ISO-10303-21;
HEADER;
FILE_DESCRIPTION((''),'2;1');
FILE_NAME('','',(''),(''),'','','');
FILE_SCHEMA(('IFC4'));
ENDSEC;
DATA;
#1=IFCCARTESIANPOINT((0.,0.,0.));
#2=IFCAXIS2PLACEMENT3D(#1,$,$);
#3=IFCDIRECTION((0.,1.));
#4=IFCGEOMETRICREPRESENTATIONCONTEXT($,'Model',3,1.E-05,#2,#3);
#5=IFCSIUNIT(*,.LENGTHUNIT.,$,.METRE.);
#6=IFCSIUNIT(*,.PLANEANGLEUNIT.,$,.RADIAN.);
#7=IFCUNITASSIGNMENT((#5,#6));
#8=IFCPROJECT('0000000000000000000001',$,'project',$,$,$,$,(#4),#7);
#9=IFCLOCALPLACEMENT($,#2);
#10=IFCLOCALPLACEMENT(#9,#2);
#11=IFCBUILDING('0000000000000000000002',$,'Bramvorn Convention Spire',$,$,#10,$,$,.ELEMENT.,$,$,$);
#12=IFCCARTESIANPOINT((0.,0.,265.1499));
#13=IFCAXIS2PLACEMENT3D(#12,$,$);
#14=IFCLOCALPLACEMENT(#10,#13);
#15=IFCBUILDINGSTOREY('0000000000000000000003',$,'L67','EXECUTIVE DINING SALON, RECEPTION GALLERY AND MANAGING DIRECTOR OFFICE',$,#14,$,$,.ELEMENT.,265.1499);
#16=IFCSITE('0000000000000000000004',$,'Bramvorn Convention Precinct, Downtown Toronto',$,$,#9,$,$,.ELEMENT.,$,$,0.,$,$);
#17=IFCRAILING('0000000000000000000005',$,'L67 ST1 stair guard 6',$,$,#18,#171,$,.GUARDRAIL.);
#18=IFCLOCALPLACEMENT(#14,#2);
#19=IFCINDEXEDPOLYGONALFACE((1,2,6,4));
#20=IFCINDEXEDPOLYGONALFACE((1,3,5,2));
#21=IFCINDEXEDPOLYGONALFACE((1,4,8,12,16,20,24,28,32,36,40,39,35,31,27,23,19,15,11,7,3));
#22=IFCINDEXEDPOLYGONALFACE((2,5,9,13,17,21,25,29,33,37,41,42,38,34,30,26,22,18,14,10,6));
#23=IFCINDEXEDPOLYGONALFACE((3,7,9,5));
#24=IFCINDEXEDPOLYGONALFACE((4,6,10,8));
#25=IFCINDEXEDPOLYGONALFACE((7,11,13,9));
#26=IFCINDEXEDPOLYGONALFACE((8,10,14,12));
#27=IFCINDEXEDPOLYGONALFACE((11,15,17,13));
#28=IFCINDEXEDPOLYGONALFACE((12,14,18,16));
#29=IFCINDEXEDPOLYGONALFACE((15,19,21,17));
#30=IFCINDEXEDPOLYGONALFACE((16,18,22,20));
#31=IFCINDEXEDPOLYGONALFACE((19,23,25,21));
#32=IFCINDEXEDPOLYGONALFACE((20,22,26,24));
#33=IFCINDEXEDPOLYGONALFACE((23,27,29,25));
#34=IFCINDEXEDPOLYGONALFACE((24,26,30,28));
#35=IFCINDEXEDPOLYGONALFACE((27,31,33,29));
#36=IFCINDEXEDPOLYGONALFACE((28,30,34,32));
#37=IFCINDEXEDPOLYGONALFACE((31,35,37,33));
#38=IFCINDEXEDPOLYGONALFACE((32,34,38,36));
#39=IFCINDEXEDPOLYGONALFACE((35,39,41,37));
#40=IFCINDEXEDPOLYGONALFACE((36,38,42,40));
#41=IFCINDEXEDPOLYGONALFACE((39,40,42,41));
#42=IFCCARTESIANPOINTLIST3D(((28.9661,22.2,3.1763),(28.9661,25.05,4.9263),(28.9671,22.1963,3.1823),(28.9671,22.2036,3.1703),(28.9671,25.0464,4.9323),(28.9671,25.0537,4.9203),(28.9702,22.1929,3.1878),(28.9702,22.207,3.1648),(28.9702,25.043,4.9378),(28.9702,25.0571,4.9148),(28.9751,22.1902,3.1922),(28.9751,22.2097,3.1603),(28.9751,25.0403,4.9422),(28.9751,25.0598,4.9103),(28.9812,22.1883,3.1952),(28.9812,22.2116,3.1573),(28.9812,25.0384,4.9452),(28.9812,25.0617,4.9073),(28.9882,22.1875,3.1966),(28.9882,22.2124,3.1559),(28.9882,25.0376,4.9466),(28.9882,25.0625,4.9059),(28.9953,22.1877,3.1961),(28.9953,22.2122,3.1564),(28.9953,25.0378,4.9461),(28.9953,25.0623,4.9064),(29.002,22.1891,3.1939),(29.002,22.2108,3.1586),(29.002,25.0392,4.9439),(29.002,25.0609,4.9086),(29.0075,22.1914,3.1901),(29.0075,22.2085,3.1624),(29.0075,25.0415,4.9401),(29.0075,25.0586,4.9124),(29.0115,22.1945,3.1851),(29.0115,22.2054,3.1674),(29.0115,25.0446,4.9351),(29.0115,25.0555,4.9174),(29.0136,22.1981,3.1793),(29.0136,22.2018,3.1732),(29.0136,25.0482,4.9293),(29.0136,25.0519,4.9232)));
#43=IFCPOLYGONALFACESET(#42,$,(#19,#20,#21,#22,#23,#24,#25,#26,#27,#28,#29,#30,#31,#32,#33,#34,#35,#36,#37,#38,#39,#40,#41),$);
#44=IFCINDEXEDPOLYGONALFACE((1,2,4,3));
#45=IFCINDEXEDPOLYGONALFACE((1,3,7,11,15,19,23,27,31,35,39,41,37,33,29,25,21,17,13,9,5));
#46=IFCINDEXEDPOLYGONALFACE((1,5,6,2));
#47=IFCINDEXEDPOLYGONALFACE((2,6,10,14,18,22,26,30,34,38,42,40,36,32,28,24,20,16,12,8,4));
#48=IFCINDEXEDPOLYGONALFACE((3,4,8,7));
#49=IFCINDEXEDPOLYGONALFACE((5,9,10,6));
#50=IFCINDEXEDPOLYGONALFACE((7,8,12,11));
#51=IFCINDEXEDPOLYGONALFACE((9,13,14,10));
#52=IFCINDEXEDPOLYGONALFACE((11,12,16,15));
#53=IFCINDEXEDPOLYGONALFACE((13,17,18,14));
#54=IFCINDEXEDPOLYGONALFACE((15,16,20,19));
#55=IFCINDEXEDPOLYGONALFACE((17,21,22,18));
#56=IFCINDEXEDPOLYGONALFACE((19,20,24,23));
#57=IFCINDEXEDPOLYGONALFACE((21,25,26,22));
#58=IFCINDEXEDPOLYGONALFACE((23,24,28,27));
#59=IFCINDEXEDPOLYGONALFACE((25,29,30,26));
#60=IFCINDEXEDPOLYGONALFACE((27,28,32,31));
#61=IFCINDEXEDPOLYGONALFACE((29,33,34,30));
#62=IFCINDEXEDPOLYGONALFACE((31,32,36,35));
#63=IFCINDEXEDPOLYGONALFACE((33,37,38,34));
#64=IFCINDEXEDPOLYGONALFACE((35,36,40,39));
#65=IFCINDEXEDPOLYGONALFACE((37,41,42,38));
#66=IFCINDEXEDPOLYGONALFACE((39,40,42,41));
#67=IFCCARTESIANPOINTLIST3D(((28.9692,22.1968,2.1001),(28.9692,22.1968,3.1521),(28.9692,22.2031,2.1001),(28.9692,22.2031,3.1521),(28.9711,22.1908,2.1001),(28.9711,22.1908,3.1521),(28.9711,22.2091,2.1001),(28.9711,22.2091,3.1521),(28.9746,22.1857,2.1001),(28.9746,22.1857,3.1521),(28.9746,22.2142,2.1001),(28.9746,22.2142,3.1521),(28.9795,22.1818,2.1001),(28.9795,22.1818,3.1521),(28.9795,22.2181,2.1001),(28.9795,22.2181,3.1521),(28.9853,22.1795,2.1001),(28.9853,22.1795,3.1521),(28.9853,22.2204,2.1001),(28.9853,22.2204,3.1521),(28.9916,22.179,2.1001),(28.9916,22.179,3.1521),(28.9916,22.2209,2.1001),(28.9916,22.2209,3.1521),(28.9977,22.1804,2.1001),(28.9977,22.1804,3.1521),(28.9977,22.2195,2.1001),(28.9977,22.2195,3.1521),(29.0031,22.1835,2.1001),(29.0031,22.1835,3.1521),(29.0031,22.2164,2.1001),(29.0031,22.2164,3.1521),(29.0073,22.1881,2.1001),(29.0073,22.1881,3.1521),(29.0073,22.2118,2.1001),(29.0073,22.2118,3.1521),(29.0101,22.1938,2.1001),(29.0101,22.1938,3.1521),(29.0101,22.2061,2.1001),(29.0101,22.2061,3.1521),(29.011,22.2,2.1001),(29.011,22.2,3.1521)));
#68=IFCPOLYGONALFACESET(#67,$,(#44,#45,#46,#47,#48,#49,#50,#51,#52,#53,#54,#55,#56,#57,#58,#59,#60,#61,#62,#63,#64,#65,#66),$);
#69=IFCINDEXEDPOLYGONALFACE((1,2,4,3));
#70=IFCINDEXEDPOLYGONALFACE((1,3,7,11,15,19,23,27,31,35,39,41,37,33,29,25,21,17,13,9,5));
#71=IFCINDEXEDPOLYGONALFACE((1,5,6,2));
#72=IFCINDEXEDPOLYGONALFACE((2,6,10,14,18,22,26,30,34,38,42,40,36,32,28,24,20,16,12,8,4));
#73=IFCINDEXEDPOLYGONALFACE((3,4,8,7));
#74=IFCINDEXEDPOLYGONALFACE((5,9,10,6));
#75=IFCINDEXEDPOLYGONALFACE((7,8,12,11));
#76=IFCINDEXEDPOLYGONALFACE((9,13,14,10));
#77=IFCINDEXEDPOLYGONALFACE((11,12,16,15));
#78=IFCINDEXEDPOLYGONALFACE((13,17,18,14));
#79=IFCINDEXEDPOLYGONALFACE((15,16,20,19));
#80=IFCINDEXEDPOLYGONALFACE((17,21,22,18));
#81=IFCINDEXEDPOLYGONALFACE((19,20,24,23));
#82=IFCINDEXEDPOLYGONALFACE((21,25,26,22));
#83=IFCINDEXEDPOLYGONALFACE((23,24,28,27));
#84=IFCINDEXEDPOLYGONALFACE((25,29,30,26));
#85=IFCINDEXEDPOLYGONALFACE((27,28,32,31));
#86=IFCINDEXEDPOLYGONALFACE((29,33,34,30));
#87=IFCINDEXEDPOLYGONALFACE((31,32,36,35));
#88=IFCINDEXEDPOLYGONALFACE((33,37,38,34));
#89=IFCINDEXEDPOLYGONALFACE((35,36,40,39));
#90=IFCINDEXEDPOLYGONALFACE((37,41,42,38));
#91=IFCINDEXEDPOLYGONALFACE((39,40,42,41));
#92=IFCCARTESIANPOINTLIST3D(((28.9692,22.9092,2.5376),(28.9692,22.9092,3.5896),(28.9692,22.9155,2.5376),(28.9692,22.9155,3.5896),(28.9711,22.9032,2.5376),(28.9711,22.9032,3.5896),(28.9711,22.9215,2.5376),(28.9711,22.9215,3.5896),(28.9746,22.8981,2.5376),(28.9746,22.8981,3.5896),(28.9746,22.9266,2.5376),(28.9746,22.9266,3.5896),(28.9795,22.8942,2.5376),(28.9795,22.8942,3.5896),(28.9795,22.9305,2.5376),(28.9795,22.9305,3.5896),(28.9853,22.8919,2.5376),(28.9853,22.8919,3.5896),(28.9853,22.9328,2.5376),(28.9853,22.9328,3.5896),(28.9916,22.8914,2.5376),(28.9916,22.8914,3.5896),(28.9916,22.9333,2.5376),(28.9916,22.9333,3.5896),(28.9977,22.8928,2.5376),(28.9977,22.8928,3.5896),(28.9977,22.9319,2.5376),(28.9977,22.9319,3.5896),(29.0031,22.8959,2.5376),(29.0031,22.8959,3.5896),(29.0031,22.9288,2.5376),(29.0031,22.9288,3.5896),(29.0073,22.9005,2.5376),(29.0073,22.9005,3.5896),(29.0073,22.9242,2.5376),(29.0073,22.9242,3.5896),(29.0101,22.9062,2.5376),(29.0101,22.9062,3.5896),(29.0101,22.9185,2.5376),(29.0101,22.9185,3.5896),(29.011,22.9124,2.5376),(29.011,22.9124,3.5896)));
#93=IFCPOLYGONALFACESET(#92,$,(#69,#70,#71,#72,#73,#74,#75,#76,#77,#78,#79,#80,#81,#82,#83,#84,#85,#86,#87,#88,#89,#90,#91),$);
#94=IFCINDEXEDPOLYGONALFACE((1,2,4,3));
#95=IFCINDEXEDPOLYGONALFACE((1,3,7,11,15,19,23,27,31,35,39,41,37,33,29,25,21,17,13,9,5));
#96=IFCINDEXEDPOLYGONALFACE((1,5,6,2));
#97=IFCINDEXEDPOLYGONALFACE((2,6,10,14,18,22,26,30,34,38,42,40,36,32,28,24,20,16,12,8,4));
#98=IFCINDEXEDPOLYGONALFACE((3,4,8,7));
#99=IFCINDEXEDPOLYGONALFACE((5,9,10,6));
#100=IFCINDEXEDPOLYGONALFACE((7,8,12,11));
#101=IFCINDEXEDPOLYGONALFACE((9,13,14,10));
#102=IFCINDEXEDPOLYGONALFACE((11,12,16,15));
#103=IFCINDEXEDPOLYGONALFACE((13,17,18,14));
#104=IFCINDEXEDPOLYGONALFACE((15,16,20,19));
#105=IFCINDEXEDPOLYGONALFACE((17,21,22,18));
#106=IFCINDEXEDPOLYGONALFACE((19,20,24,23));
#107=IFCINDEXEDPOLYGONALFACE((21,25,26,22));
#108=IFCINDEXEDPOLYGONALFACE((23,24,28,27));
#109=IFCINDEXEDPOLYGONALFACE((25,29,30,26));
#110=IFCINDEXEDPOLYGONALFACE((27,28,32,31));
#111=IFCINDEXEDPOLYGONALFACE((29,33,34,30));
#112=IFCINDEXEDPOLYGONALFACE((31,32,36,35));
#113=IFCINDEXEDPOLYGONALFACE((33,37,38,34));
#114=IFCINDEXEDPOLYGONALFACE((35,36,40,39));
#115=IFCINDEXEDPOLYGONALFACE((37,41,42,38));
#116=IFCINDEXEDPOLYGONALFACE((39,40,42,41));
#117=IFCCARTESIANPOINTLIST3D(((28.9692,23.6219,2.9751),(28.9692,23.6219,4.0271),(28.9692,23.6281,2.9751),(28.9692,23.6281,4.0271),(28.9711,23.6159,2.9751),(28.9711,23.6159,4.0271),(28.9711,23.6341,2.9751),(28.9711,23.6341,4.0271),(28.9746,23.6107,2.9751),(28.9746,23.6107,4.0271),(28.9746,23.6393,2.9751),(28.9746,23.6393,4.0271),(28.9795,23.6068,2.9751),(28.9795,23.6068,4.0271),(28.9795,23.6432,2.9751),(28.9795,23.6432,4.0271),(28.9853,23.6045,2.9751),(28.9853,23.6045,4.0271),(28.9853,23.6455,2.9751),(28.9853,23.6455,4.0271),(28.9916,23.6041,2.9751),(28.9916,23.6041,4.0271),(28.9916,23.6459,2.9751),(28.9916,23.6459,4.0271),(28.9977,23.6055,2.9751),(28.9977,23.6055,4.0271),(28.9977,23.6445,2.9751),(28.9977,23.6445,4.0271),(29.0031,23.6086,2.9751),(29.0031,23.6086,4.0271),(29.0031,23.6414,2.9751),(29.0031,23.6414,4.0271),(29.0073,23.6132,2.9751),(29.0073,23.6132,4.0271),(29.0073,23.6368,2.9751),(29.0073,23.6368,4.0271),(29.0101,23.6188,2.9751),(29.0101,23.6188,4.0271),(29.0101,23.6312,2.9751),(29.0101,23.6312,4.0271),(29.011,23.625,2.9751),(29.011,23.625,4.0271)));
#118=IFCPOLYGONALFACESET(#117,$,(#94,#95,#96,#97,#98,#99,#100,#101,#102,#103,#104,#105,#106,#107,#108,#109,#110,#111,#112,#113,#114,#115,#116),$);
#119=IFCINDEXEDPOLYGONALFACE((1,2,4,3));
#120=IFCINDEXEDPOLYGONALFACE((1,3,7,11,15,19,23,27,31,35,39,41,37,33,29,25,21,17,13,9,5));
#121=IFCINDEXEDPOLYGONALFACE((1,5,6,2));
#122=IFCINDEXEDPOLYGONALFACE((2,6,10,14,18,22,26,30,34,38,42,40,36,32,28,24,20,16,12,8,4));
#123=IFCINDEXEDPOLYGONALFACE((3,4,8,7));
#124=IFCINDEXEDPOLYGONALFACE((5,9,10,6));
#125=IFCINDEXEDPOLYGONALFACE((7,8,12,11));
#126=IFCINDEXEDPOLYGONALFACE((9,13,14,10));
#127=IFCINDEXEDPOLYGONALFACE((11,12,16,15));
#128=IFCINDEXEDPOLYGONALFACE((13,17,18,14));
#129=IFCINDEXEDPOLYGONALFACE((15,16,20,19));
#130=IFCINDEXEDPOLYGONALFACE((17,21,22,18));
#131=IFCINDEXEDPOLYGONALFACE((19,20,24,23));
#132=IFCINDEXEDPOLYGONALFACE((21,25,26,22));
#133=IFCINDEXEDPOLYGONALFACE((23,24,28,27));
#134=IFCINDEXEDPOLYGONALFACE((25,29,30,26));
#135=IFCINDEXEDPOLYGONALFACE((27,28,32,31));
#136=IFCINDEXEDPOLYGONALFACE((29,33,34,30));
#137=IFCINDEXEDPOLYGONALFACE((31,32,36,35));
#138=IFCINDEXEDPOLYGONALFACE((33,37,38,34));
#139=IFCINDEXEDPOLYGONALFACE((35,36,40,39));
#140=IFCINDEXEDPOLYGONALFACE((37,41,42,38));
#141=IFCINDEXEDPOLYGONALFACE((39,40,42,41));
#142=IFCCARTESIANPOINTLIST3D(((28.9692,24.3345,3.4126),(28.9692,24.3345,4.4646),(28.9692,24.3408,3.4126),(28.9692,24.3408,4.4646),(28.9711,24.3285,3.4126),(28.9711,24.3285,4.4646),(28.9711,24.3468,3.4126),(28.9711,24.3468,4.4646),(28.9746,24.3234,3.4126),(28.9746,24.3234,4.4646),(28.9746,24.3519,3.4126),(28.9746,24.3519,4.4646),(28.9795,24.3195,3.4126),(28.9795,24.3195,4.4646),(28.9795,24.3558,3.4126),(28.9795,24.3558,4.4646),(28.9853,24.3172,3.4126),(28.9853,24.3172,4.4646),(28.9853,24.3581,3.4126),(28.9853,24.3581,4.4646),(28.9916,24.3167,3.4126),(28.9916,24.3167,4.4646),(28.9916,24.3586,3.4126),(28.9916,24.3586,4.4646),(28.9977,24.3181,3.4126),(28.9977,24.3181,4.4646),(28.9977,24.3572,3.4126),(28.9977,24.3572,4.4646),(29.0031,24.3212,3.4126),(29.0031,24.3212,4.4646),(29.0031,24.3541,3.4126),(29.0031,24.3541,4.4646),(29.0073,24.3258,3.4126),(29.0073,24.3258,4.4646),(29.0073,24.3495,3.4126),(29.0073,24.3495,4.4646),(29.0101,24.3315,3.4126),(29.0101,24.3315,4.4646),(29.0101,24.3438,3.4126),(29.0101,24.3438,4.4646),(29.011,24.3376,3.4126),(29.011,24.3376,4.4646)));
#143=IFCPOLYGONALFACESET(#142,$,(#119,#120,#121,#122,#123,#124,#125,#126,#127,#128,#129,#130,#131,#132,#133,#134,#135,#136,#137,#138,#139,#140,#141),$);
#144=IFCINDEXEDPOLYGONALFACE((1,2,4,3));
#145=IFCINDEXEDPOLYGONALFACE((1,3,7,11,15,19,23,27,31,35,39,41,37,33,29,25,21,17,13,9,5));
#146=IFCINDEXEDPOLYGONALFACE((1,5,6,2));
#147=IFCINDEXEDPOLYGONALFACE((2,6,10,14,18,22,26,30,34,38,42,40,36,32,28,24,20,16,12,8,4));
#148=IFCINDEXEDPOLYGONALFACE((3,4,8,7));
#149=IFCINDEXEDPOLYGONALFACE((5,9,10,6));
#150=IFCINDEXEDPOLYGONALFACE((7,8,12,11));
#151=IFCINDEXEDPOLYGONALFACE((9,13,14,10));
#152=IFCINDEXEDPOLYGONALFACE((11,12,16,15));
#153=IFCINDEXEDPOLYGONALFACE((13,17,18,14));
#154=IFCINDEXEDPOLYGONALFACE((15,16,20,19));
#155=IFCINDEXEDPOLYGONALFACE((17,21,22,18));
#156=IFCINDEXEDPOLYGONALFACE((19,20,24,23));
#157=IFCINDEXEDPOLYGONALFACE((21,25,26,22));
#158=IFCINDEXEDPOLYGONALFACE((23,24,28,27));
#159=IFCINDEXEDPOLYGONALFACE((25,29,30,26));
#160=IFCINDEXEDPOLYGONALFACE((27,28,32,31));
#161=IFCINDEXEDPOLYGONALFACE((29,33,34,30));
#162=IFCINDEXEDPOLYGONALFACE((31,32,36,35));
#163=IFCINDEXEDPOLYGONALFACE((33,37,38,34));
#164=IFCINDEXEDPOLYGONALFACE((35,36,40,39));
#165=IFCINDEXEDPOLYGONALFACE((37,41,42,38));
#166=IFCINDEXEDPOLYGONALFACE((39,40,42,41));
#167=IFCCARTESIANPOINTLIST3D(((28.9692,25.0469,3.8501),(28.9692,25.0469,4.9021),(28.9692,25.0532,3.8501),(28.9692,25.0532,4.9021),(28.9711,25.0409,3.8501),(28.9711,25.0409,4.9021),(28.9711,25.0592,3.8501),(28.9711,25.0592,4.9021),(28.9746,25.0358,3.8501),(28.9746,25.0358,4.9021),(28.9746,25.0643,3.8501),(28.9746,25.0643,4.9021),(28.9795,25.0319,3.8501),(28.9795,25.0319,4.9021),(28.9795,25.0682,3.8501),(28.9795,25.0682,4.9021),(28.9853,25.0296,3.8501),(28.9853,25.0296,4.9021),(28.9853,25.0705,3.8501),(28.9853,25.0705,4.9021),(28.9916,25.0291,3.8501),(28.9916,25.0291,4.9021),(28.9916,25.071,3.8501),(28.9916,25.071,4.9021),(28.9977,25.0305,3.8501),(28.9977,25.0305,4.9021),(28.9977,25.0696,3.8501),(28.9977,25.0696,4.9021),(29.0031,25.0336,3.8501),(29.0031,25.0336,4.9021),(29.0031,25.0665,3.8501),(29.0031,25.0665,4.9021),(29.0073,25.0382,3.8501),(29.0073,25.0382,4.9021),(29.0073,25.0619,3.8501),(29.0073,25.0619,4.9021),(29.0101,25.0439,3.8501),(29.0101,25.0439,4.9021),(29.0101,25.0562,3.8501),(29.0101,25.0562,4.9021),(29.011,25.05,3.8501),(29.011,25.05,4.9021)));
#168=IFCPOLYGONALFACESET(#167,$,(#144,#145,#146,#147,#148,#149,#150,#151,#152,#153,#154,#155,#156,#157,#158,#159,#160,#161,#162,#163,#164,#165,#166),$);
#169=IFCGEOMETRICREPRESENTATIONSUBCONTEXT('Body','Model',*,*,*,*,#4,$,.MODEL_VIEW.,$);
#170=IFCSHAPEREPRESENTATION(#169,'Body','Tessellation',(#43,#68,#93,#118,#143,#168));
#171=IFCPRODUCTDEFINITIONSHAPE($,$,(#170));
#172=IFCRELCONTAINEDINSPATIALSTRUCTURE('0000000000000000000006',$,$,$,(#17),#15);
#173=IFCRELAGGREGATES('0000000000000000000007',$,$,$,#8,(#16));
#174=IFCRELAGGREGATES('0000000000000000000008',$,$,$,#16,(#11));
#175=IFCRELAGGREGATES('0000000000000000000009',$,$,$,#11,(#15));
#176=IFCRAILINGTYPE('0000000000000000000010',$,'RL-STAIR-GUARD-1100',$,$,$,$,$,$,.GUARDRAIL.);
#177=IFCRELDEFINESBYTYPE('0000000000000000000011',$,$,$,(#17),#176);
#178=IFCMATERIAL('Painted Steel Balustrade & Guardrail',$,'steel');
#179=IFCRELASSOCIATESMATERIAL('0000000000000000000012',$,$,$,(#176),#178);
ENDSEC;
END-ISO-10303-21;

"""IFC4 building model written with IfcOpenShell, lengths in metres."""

from ifc_helpers import new_model, si_unit, direction, frame, origin, origin_2d, place, context, subcontext, project, spatial, circle, extrude, material, type_object, element, save


model = new_model("IFC4")

# Units and contexts
model_context = context("Model", 3, precision=1e-05, world=origin(), true_north=direction((0.0, 1.0)))
body_context = subcontext(model_context, "Body", "Model", "MODEL_VIEW")
ifc_project = project(units=[si_unit("LENGTHUNIT", "METRE"), si_unit("PLANEANGLEUNIT", "RADIAN")], contexts=[model_context])

# Site, building, storey
site_placement = place(None, origin())
site = spatial("IfcSite", under=ifc_project, at=site_placement, Name="Bramvorn Convention Precinct, Downtown Toronto", CompositionType="ELEMENT", RefElevation=0.0)
building_placement = place(site_placement, origin())
building = spatial("IfcBuilding", under=site, at=building_placement, Name="Bramvorn Convention Spire", CompositionType="ELEMENT")
storey_placement = place(building_placement, frame((0.0, 0.0, 265.1499)))
storey = spatial("IfcBuildingStorey", under=building, at=storey_placement, Name="L67", Description="EXECUTIVE DINING SALON, RECEPTION GALLERY AND MANAGING DIRECTOR OFFICE", CompositionType="ELEMENT", Elevation=265.1499)

# Railing
ifc_material_1 = material(Name="Painted Steel Balustrade & Guardrail", Category="steel")
railing_type_1 = type_object("IfcRailingType", Name="RL-STAIR-GUARD-1100", PredefinedType="GUARDRAIL", material=ifc_material_1)
railing_1_placement = place(storey_placement, frame((28.99, 22.2, 2.1001)))
element("IfcRailing", 1, at=railing_1_placement, inside=storey, type_object=railing_type_1, Name="L67 ST1 stair guard 6", PredefinedType="GUARDRAIL", context=body_context, shape_type="SweptSolid", body=[
    extrude(circle(Radius=0.0239, at=origin_2d()), frame((0.0, 0.0, 1.0762), z_axis=(0.0, 0.852179, 0.52325), x_axis=(-1.0, 0.0, 0.0)), (0.0, 0.0, 1.0), 3.3445),
    extrude(circle(Radius=0.021, at=origin_2d()), origin(), (0.0, 0.0, 1.0), 1.052),
    extrude(circle(Radius=0.021, at=origin_2d()), frame((0.0, 0.7124, 0.4375)), (0.0, 0.0, 1.0), 1.052),
    extrude(circle(Radius=0.021, at=origin_2d()), frame((0.0, 1.425, 0.875)), (0.0, 0.0, 1.0), 1.052),
    extrude(circle(Radius=0.021, at=origin_2d()), frame((0.0, 2.1377, 1.3125)), (0.0, 0.0, 1.0), 1.052),
    extrude(circle(Radius=0.021, at=origin_2d()), frame((0.0, 2.8501, 1.75)), (0.0, 0.0, 1.0), 1.052),
])

save(model, "model.ifc")
